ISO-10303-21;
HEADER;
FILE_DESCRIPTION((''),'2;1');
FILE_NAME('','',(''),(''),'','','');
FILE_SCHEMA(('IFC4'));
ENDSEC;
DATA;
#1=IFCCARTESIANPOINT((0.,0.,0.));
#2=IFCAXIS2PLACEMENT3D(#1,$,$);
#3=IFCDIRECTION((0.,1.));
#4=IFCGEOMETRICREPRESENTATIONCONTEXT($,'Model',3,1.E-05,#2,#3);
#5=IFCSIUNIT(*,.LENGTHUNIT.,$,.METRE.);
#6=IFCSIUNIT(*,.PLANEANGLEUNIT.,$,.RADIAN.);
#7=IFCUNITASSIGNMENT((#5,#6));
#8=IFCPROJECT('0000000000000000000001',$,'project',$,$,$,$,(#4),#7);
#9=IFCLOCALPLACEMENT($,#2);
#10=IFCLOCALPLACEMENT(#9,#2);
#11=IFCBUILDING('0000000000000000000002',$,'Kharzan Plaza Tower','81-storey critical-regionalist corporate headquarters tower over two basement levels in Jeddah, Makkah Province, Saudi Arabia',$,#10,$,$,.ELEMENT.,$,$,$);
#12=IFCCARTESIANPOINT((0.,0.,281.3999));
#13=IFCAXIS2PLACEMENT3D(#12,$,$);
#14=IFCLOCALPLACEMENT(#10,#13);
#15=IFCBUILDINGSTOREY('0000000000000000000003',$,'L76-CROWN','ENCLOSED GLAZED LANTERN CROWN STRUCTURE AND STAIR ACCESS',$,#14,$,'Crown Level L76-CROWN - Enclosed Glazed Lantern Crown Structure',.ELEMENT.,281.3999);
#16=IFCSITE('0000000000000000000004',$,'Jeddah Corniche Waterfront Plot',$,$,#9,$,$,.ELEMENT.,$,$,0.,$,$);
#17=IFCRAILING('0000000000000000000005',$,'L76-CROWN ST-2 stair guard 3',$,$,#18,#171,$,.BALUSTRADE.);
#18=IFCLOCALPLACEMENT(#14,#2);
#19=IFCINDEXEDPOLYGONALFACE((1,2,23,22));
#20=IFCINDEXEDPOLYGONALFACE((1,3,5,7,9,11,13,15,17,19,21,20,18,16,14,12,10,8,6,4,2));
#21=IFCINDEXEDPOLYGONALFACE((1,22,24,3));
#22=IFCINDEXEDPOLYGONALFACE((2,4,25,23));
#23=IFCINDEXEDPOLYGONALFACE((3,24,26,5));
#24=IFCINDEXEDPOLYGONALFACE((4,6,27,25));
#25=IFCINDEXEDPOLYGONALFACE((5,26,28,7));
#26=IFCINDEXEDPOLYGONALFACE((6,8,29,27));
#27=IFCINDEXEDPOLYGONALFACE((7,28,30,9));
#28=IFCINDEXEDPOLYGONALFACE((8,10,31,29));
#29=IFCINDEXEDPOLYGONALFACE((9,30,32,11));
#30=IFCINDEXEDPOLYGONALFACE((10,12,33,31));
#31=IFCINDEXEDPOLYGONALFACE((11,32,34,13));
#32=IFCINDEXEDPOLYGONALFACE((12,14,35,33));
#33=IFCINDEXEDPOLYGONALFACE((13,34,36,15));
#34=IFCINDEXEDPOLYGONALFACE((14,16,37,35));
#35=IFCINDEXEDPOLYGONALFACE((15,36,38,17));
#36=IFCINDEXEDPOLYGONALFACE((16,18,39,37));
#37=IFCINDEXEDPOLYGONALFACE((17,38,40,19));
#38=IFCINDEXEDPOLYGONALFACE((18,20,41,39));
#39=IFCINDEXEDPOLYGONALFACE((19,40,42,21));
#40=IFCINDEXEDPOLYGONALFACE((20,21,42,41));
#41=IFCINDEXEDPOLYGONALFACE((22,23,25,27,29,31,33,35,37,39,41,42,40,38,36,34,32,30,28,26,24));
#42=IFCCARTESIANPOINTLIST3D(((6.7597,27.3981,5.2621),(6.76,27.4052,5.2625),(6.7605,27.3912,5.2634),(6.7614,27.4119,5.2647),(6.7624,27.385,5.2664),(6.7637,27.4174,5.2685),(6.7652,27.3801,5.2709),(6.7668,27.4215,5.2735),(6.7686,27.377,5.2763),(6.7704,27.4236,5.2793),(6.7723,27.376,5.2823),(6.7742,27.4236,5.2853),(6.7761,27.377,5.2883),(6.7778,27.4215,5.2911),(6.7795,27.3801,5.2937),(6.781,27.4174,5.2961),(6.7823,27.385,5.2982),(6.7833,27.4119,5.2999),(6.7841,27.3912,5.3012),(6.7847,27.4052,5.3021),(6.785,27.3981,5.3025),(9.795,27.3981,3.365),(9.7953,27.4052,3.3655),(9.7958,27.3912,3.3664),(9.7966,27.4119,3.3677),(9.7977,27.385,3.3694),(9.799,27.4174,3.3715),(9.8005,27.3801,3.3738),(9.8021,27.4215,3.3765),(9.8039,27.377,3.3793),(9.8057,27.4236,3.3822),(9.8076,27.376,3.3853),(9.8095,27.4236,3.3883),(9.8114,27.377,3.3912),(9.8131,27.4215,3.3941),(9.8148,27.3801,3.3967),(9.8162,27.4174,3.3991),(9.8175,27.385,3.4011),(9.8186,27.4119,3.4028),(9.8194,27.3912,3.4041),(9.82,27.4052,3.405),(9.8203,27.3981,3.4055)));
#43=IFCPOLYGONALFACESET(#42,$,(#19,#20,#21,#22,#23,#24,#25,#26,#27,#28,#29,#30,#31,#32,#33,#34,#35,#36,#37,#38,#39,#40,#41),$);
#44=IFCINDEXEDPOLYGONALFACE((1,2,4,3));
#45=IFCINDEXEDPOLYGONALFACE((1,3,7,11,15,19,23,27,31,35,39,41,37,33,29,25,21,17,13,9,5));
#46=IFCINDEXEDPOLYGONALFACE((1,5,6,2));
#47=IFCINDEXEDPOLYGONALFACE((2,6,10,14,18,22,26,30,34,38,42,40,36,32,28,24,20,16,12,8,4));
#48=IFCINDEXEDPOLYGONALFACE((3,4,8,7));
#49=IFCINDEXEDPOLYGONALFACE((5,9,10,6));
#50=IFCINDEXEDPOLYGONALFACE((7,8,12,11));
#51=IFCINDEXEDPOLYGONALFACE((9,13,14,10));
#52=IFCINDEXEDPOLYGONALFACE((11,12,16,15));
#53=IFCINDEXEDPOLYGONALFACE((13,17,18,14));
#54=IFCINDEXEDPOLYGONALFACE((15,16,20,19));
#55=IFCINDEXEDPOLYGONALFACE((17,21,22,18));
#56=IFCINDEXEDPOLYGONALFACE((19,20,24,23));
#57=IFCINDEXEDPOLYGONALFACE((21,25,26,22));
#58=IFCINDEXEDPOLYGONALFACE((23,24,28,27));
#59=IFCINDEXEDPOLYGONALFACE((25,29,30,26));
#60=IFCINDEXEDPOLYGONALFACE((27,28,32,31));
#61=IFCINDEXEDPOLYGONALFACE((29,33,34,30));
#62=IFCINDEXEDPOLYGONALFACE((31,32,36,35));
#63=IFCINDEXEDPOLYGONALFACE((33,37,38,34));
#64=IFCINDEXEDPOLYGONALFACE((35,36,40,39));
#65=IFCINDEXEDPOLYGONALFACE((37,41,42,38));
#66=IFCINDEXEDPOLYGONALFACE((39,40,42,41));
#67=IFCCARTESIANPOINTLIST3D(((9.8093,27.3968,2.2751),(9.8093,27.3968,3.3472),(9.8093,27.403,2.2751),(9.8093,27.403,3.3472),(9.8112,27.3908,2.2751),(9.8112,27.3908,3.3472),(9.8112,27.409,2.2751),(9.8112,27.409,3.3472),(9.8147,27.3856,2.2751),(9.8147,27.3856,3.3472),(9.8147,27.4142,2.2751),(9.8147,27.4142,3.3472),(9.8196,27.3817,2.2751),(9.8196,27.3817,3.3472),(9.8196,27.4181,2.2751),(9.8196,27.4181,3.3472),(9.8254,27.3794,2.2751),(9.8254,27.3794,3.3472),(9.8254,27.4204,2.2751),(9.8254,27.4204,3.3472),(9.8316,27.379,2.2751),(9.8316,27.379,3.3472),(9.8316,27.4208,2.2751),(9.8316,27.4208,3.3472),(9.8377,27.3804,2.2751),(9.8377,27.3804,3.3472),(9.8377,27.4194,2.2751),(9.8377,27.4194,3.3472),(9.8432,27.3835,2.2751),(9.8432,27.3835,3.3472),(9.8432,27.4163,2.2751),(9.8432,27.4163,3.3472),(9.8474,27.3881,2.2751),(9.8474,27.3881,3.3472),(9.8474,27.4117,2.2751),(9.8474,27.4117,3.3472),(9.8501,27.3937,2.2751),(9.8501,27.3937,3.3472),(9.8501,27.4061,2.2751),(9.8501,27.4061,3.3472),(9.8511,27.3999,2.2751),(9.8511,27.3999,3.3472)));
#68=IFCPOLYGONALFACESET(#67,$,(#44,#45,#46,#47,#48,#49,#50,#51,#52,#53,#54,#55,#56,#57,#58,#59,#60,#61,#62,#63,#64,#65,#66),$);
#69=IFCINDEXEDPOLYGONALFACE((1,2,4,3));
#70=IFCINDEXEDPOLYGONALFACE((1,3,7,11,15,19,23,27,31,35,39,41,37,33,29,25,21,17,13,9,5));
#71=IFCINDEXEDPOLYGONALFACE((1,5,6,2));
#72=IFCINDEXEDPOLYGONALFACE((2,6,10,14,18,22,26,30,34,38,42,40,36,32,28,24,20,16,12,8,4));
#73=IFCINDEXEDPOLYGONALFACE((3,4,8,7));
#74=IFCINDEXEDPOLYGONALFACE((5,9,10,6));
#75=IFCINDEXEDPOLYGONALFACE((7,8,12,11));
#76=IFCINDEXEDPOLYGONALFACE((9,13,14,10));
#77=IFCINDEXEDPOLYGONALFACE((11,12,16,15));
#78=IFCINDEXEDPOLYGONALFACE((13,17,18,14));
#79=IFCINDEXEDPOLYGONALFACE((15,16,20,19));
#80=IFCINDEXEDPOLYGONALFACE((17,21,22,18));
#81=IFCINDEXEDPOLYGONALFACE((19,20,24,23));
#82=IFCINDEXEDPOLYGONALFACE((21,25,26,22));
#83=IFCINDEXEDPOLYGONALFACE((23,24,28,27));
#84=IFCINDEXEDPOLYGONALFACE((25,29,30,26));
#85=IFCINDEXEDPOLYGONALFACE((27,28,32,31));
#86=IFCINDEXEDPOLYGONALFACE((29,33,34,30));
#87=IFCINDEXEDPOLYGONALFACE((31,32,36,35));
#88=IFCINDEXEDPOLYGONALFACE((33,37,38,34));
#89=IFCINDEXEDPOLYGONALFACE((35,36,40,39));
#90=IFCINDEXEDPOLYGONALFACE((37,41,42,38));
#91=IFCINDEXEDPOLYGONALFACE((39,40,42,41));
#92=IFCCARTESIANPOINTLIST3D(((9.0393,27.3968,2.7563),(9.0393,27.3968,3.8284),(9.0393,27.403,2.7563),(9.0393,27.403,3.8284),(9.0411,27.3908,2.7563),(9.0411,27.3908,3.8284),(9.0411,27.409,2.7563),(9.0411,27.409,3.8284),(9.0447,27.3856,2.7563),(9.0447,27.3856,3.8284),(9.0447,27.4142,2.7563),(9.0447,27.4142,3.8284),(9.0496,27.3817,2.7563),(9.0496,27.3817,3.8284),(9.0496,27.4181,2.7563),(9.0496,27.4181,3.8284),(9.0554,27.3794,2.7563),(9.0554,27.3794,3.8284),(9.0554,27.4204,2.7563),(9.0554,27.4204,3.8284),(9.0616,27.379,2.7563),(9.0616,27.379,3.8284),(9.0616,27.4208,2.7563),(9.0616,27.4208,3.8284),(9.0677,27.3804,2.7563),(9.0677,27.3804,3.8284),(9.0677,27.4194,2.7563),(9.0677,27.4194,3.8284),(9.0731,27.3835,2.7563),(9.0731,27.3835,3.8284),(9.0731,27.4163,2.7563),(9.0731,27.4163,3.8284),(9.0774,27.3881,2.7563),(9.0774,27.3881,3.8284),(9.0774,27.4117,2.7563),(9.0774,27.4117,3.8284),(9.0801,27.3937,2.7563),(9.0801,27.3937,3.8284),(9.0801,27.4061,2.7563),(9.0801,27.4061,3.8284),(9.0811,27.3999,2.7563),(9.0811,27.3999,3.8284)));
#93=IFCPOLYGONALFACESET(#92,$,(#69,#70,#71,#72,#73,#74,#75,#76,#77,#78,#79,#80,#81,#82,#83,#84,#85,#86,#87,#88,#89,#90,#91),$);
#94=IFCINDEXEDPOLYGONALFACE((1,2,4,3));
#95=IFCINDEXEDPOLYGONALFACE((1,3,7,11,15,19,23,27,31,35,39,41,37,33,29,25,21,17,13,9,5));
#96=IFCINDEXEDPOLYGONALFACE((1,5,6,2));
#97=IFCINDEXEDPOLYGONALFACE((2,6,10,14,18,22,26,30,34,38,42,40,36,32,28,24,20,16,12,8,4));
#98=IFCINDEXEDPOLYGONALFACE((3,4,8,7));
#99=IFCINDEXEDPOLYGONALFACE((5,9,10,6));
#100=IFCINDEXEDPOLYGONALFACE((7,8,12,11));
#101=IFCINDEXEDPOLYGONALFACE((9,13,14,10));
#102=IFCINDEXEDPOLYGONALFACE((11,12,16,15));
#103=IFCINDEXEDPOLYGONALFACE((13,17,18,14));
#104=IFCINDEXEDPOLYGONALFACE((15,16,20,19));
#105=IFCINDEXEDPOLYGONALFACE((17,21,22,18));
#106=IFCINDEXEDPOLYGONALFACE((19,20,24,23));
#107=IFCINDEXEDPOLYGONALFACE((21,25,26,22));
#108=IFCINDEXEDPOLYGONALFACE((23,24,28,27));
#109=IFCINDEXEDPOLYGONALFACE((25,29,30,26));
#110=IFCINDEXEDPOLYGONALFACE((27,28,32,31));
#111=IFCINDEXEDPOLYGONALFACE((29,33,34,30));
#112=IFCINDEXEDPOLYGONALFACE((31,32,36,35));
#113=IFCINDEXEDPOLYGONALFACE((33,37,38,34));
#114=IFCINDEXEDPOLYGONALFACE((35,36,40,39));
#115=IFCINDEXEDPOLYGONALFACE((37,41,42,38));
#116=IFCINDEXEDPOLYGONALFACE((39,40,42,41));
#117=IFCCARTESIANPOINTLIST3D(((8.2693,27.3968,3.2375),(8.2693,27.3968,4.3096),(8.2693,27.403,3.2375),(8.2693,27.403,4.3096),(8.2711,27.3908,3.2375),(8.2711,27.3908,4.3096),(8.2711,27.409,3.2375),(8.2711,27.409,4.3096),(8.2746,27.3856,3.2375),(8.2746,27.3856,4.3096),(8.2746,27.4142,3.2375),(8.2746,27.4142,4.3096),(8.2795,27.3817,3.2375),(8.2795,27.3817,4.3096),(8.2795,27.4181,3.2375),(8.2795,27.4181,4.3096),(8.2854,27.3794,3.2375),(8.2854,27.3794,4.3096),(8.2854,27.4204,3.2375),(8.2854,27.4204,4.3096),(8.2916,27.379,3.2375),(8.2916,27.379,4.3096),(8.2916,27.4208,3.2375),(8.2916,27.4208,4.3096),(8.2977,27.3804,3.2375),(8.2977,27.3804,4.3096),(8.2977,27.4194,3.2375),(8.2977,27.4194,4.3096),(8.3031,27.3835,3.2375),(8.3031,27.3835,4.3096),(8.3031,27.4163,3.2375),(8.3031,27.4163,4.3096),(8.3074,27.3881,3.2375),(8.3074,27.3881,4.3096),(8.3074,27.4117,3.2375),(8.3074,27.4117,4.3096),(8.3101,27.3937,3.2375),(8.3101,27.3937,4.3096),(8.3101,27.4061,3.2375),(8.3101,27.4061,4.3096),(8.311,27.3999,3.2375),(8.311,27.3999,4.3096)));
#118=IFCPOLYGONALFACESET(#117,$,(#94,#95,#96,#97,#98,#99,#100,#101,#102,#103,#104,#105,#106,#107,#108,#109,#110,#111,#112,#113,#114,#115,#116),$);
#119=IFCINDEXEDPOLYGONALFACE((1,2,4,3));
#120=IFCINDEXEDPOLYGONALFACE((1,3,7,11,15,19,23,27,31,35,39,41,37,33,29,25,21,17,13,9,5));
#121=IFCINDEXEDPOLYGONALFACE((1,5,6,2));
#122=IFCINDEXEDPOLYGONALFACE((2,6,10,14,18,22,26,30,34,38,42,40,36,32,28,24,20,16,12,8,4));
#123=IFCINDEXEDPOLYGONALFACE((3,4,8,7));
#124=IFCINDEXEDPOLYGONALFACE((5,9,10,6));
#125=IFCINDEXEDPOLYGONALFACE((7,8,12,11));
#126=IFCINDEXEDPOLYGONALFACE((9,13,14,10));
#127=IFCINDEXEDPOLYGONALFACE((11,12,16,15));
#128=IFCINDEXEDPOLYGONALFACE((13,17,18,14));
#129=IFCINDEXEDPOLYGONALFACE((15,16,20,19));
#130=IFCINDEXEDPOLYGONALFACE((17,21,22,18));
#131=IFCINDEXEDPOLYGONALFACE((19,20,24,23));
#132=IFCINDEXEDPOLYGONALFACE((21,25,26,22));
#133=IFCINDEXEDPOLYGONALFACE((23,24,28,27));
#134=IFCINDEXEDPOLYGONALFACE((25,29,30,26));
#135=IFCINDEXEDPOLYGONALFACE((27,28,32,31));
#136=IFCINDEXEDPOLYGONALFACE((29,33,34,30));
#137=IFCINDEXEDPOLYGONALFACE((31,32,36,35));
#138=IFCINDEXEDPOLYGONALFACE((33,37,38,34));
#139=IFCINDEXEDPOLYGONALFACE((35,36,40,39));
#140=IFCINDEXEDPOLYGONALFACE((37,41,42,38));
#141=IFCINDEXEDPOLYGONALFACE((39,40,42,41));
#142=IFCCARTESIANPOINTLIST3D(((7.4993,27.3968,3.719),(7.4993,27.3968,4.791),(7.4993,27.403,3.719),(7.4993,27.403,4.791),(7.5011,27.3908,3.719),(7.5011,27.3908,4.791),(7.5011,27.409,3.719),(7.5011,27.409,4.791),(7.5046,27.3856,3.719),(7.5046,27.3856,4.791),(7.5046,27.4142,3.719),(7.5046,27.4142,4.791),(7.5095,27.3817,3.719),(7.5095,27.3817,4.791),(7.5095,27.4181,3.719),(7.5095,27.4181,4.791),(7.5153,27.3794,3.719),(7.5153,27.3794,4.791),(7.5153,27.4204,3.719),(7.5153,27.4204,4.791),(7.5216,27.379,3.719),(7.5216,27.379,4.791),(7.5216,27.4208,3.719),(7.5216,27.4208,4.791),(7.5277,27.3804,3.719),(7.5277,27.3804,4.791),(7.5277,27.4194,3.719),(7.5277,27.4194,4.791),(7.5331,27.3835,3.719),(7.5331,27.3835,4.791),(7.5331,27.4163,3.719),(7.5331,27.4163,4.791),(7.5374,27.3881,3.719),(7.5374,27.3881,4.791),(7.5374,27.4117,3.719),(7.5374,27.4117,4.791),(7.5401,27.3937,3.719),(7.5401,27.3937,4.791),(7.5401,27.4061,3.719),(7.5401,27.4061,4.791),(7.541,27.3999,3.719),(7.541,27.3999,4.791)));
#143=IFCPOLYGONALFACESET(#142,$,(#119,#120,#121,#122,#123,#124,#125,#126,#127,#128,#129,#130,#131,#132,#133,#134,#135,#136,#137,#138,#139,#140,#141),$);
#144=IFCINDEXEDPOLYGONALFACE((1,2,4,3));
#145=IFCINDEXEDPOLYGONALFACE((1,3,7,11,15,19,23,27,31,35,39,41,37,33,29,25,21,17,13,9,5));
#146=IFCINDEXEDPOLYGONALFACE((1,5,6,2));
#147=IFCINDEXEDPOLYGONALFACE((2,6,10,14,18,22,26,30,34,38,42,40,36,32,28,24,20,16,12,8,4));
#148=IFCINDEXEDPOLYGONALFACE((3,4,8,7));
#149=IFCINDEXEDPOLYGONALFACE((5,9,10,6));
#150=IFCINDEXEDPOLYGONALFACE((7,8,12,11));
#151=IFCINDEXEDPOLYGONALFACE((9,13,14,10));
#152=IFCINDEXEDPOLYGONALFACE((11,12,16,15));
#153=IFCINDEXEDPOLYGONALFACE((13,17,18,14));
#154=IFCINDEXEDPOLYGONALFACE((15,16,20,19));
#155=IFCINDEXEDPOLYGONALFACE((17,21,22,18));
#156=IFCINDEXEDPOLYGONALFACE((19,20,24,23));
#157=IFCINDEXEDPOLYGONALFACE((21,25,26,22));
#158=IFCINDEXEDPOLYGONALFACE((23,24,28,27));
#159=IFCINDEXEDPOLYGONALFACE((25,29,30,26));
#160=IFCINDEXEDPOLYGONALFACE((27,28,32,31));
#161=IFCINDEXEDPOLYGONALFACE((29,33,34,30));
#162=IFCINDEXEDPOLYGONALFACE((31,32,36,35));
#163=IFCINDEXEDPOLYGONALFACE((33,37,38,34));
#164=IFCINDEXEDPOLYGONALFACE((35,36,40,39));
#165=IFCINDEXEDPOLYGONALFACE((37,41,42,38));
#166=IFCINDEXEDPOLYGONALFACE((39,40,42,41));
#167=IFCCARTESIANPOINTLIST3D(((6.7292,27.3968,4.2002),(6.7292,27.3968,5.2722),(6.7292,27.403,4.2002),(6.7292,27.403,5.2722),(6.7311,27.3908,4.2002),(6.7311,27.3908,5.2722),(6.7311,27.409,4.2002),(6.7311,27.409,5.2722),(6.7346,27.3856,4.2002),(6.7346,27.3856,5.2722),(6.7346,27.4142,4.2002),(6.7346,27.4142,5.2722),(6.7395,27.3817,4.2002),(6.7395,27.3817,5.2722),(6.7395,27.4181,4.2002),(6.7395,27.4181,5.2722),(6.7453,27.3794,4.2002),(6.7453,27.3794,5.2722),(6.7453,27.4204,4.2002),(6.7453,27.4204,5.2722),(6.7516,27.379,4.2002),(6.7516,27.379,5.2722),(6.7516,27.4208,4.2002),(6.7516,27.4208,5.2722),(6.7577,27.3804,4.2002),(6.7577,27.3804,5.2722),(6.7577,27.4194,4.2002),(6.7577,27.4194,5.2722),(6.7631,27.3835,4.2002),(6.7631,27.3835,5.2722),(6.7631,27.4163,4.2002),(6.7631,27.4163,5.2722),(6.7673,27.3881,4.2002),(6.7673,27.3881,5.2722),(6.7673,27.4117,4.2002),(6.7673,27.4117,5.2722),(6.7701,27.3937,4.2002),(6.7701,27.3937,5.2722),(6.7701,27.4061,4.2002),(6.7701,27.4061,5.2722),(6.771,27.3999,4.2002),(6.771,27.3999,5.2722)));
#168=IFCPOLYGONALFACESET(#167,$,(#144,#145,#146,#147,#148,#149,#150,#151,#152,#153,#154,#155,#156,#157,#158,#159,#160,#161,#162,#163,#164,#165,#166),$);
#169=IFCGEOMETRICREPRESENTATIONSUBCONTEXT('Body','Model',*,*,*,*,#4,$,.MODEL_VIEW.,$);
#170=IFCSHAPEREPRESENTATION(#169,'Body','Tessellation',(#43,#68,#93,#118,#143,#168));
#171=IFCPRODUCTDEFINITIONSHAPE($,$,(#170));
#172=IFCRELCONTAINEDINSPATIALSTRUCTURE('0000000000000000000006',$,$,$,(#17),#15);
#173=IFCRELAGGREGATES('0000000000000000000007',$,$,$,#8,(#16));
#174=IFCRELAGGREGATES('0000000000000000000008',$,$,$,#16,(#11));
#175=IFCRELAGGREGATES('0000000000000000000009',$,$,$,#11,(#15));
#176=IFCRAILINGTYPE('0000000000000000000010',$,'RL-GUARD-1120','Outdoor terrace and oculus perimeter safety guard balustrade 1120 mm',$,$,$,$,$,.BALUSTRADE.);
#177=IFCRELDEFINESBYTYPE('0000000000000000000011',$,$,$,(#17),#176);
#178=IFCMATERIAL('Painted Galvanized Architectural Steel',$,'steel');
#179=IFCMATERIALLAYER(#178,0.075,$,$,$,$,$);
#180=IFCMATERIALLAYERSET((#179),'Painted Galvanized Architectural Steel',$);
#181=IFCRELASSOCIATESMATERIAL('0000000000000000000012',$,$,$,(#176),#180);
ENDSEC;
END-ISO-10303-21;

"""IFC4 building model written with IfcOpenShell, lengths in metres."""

from ifc_helpers import new_model, si_unit, direction, frame, origin, origin_2d, place, context, subcontext, project, spatial, circle, extrude, source, transform, mapped, material, layer, layer_set, type_object, element, save


model = new_model("IFC4")

# Units and contexts
model_context = context("Model", 3, precision=1e-05, world=origin(), true_north=direction((0.0, 1.0)))
body_context = subcontext(model_context, "Body", "Model", "MODEL_VIEW")
ifc_project = project(units=[si_unit("LENGTHUNIT", "METRE"), si_unit("PLANEANGLEUNIT", "RADIAN")], contexts=[model_context])

# Site, building, storey
site_placement = place(None, origin())
site = spatial("IfcSite", under=ifc_project, at=site_placement, Name="Jeddah Corniche Waterfront Plot", CompositionType="ELEMENT", RefElevation=0.0)
building_placement = place(site_placement, origin())
building = spatial("IfcBuilding", under=site, at=building_placement, Name="Kharzan Plaza Tower", Description="81-storey critical-regionalist corporate headquarters tower over two basement levels in Jeddah, Makkah Province, Saudi Arabia", CompositionType="ELEMENT")
storey_placement = place(building_placement, frame((0.0, 0.0, 281.3999)))
storey = spatial("IfcBuildingStorey", under=building, at=storey_placement, Name="L76-CROWN", Description="ENCLOSED GLAZED LANTERN CROWN STRUCTURE AND STAIR ACCESS", LongName="Crown Level L76-CROWN - Enclosed Glazed Lantern Crown Structure", CompositionType="ELEMENT", Elevation=281.3999)

# Railing
ifc_material_1 = material(Name="Painted Galvanized Architectural Steel", Category="steel")
ifc_layer_1 = layer(ifc_material_1, 0.075)
ifc_layer_set_1 = layer_set([ifc_layer_1], Name="Painted Galvanized Architectural Steel")
railing_type_1 = type_object("IfcRailingType", Name="RL-GUARD-1120", Description="Outdoor terrace and oculus perimeter safety guard balustrade 1120 mm", PredefinedType="BALUSTRADE", material=ifc_layer_set_1)
shared_shape_1 = source(origin(), body_context, "Body", "SweptSolid", [
    extrude(circle(Radius=0.0239, at=origin_2d()), frame((-0.0225, 0.0, 1.1101), z_axis=(-0.847998, 0.0, 0.529999), x_axis=(0.0, -1.0, 0.0)), (0.0, 0.0, 1.0), 3.5793),
    extrude(circle(Radius=0.021, at=origin_2d()), origin(), (0.0, 0.0, 1.0), 1.072),
    extrude(circle(Radius=0.021, at=origin_2d()), frame((-0.77, 0.0, 0.4812)), (0.0, 0.0, 1.0), 1.072),
    extrude(circle(Radius=0.021, at=origin_2d()), frame((-1.54, 0.0, 0.9624)), (0.0, 0.0, 1.0), 1.072),
    extrude(circle(Radius=0.021, at=origin_2d()), frame((-2.3101, 0.0, 1.4438)), (0.0, 0.0, 1.0), 1.072),
    extrude(circle(Radius=0.021, at=origin_2d()), frame((-3.0801, 0.0, 1.925)), (0.0, 0.0, 1.0), 1.072),
])
railing_1_placement = place(storey_placement, frame((9.8301, 27.3999, 2.2751)))
element("IfcRailing", 1, at=railing_1_placement, inside=storey, type_object=railing_type_1, Name="L76-CROWN ST-2 stair guard 3", PredefinedType="BALUSTRADE", context=body_context, shape_type="MappedRepresentation", body=[
    mapped(shared_shape_1, transform((0.0, 0.0, 0.0), x_axis=(1.0, 0.0, 0.0), y_axis=(0.0, 1.0, 0.0), z_axis=(0.0, 0.0, 1.0))),
])

save(model, "model.ifc")
